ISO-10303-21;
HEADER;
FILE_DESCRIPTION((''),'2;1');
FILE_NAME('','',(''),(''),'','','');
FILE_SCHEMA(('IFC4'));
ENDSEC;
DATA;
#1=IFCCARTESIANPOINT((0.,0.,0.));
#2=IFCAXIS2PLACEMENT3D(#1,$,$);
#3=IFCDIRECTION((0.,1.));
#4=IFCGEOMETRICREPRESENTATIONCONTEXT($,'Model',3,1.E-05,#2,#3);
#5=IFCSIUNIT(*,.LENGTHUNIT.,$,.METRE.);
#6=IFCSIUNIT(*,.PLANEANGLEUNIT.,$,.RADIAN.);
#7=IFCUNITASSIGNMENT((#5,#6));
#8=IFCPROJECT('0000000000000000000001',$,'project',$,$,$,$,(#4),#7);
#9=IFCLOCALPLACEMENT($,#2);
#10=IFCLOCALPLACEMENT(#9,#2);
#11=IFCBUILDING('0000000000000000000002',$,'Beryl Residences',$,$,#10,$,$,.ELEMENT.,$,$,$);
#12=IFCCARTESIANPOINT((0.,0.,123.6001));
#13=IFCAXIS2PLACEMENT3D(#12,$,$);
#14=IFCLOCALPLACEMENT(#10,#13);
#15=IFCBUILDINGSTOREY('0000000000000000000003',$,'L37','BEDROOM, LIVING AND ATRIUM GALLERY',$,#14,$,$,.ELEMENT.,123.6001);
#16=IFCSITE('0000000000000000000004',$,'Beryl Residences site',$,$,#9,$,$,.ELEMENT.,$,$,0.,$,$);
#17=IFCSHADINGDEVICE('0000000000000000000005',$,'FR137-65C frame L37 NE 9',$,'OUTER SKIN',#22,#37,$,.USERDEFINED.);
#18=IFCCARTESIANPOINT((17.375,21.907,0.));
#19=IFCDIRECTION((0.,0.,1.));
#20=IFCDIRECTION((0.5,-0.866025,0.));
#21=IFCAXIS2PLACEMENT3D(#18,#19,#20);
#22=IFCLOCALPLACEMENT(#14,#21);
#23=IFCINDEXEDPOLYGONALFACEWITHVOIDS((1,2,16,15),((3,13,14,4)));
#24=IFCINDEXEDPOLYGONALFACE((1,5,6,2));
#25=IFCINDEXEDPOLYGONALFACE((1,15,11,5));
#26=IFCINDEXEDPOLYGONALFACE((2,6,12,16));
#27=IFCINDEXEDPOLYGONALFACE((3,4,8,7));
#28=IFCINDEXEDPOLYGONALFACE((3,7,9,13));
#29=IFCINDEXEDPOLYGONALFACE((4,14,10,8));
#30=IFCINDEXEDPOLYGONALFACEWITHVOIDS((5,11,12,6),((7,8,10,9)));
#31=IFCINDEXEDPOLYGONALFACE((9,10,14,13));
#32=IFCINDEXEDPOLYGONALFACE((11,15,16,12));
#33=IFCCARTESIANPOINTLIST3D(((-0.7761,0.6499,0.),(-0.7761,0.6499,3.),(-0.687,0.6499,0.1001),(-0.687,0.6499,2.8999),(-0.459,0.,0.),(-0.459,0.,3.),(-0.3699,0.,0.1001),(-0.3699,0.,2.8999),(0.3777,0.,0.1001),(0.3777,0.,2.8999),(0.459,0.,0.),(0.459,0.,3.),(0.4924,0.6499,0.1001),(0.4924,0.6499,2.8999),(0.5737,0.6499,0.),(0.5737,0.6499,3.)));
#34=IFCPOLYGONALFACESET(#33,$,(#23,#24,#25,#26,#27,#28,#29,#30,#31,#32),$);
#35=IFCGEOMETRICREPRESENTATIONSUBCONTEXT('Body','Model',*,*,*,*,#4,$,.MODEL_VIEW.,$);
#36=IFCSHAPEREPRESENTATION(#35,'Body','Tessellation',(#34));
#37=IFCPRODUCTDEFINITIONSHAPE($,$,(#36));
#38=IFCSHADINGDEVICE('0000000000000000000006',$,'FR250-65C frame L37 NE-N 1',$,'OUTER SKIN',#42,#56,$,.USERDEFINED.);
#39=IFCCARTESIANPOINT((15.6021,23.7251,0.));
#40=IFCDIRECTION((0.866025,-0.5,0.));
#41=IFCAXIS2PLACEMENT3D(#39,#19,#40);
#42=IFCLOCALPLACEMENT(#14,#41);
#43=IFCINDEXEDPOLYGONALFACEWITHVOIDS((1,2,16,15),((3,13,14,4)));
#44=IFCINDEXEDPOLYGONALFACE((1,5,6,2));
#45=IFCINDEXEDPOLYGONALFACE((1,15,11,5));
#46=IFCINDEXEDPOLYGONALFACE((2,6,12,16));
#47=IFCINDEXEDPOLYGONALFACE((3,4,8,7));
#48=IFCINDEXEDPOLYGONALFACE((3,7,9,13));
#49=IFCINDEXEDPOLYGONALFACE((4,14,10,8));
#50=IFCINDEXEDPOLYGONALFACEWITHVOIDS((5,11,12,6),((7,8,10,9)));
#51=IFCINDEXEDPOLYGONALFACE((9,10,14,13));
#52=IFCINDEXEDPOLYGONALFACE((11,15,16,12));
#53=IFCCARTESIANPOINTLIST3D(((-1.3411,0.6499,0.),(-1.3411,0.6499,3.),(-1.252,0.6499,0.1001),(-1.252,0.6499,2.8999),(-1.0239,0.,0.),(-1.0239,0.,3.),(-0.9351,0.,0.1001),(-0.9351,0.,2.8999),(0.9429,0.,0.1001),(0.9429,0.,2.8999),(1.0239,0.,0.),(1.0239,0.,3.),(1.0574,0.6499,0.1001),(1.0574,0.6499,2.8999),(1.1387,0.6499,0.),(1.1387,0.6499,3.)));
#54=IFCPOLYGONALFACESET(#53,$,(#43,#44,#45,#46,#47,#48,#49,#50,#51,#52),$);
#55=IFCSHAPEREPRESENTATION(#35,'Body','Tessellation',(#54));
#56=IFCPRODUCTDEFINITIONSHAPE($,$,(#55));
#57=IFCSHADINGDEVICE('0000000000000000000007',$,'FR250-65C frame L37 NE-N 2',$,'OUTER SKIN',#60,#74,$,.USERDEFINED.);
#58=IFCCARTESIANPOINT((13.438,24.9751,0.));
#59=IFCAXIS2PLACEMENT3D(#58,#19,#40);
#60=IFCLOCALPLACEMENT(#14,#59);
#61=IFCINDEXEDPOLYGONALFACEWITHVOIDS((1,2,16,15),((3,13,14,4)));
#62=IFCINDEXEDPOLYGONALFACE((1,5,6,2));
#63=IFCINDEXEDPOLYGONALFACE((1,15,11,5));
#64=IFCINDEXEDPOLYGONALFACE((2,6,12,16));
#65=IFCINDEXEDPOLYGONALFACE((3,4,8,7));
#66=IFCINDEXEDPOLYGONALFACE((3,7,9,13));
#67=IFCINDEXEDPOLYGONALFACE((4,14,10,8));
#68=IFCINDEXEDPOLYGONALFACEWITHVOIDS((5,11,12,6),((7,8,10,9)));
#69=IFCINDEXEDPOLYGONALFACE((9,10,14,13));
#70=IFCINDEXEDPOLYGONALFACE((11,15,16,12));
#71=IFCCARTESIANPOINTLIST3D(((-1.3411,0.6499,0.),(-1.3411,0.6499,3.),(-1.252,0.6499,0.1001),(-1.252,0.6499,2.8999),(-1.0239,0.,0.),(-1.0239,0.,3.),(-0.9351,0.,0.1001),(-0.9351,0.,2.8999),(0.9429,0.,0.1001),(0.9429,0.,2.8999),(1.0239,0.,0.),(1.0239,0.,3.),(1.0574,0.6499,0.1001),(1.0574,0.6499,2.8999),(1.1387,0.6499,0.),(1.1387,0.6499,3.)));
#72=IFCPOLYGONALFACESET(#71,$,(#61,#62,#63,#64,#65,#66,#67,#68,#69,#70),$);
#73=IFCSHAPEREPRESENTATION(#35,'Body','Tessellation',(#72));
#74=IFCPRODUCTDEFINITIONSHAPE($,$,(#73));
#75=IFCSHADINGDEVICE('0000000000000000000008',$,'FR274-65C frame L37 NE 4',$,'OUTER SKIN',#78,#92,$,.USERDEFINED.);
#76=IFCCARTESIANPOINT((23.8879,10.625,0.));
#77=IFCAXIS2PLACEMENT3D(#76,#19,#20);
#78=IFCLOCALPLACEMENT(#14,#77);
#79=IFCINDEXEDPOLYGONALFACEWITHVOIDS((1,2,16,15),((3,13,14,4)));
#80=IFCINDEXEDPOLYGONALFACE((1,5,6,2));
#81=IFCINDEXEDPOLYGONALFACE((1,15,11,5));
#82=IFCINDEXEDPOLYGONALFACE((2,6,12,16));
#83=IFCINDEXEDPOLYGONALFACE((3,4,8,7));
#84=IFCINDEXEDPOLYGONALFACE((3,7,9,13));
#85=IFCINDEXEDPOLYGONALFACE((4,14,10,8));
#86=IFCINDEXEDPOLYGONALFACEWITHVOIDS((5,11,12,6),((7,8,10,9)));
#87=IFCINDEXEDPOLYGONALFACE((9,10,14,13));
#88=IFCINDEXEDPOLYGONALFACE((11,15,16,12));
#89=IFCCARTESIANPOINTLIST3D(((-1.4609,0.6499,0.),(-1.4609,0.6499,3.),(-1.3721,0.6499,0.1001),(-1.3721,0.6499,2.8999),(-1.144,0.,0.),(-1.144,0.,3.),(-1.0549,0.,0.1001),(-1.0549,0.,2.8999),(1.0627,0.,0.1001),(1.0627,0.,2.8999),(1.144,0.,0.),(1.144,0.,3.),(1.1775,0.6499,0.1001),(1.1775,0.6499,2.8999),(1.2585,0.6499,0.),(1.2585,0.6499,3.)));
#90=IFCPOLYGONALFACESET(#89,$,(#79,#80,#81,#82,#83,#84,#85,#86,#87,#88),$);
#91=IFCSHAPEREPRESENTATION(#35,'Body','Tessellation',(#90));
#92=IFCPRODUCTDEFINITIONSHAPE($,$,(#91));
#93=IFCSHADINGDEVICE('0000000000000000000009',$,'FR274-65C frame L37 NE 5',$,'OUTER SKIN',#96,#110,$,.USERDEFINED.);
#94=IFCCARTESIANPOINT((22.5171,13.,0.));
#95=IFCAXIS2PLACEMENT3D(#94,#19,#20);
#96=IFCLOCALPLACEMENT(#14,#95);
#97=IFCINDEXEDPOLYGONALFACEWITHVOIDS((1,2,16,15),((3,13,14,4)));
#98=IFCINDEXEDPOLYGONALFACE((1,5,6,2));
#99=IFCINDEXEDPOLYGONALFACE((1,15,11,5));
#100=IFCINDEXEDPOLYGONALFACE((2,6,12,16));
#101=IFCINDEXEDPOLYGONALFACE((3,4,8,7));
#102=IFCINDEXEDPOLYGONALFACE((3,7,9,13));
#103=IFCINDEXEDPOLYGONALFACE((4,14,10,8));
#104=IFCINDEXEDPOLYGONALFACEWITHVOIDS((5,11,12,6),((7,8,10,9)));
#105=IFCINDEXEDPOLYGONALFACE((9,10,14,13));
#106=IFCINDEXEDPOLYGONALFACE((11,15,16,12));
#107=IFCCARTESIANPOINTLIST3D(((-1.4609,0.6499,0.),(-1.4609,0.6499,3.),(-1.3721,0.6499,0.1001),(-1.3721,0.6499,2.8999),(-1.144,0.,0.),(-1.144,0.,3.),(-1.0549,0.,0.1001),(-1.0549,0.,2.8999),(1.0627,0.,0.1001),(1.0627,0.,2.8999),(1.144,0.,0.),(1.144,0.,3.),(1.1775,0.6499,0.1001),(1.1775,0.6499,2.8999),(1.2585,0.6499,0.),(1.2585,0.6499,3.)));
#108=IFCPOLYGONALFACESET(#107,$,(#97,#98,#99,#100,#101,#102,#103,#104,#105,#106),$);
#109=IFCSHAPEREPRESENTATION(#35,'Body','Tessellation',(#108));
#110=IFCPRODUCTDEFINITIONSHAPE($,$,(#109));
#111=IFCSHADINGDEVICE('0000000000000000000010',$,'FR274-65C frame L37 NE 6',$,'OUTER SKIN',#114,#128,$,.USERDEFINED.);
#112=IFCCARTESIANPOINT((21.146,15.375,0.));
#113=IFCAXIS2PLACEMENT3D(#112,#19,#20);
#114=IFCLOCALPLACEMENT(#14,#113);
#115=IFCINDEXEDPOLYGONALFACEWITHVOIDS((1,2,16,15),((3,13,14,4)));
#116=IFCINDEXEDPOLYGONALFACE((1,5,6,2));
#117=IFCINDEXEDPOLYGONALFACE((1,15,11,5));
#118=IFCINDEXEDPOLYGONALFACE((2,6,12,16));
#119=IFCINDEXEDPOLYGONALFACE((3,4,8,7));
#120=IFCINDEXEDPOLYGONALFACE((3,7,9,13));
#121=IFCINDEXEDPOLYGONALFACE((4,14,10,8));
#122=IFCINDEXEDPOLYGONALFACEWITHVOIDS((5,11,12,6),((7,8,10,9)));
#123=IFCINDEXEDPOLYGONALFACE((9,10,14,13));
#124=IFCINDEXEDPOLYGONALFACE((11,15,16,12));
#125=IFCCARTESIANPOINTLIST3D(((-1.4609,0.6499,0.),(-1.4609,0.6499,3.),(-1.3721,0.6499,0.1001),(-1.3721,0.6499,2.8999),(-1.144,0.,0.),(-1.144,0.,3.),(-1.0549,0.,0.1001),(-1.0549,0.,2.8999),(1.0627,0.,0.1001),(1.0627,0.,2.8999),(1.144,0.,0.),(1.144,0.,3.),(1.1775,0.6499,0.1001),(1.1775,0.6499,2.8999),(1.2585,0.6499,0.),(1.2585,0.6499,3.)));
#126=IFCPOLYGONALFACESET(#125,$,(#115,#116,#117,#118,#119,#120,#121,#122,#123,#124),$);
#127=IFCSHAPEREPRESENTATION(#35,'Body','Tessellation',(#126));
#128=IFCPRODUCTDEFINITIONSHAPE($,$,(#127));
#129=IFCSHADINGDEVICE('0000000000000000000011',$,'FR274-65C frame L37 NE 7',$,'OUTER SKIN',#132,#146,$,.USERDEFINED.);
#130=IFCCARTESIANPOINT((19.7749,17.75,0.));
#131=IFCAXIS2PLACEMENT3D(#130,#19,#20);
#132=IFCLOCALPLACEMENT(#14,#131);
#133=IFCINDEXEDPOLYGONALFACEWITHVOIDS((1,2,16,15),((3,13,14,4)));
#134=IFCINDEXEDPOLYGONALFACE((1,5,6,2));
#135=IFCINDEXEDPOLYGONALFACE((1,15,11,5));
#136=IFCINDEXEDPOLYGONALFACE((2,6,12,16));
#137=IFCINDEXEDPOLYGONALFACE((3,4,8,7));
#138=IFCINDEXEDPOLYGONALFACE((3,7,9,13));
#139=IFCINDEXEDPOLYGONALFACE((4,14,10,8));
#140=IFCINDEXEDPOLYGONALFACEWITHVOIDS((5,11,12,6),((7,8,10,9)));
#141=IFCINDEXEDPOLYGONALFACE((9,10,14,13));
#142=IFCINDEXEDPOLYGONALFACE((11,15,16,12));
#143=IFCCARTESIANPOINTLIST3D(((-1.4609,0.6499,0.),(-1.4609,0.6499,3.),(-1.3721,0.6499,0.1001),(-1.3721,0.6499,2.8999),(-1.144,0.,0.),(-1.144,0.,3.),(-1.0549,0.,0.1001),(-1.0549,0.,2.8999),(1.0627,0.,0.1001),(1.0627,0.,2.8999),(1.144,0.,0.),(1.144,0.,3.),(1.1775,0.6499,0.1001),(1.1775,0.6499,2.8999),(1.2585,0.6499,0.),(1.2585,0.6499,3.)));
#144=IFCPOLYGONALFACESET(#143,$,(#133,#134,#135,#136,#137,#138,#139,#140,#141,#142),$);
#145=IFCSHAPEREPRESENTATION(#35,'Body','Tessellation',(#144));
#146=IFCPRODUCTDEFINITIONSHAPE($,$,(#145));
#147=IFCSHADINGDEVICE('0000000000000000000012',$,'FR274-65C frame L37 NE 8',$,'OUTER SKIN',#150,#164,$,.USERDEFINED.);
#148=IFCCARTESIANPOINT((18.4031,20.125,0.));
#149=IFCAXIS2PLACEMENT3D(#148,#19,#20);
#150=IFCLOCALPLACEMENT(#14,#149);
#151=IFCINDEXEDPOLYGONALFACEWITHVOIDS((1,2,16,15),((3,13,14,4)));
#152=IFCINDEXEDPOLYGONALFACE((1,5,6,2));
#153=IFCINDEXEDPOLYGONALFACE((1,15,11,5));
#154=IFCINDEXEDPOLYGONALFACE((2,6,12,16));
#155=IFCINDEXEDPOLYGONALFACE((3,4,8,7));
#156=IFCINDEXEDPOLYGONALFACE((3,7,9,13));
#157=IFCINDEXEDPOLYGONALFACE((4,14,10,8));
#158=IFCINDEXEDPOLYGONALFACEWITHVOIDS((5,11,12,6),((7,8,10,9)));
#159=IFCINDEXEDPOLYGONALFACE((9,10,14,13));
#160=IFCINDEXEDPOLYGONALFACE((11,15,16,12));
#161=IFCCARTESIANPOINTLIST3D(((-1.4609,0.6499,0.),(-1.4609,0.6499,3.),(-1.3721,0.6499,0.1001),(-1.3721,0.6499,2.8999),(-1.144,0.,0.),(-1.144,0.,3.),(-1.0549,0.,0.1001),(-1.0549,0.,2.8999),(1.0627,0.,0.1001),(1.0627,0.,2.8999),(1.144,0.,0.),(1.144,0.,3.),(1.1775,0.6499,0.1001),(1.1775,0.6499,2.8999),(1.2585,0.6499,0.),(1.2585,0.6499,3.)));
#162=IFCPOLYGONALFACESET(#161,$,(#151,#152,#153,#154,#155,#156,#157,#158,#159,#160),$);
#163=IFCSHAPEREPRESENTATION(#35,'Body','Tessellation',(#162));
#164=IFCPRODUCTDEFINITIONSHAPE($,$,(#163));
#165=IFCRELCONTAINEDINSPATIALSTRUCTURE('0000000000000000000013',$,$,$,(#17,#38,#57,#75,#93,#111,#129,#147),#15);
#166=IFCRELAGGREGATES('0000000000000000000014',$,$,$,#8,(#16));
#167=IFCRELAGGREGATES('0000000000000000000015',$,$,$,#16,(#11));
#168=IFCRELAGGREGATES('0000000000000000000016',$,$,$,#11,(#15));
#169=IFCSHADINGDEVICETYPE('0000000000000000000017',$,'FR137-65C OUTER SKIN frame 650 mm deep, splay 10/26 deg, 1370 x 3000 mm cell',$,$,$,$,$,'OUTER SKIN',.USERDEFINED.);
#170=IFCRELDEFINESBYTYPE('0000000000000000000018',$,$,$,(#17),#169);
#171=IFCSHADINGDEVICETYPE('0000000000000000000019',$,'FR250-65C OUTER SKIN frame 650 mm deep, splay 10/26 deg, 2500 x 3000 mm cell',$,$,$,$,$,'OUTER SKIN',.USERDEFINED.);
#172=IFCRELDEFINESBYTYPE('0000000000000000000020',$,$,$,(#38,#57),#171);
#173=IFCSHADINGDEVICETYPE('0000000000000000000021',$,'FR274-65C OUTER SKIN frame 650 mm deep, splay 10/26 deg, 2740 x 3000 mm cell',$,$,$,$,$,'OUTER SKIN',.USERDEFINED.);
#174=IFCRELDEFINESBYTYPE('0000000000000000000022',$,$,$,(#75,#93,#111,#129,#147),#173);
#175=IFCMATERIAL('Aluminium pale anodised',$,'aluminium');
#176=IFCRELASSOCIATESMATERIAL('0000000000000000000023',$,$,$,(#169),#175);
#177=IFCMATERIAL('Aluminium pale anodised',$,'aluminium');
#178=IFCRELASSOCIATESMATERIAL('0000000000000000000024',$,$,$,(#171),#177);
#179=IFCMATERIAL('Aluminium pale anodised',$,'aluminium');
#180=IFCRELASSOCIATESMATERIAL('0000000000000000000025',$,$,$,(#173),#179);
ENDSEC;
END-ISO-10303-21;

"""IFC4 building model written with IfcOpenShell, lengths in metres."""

from ifc_helpers import new_model, entity, si_unit, direction, frame, origin, place, context, subcontext, project, spatial, source, transform, mapped, material, type_object, type_shapes, element, save


model = new_model("IFC4")

# Units and contexts
model_context = context("Model", 3, precision=1e-05, world=origin(), true_north=direction((0.0, 1.0)))
body_context = subcontext(model_context, "Body", "Model", "MODEL_VIEW")
ifc_project = project(units=[si_unit("LENGTHUNIT", "METRE"), si_unit("PLANEANGLEUNIT", "RADIAN")], contexts=[model_context])

# Site, building, storey
site_placement = place(None, origin())
site = spatial("IfcSite", under=ifc_project, at=site_placement, Name="Beryl Residences site", CompositionType="ELEMENT", RefElevation=0.0)
building_placement = place(site_placement, origin())
building = spatial("IfcBuilding", under=site, at=building_placement, Name="Beryl Residences", CompositionType="ELEMENT")
storey_placement = place(building_placement, frame((0.0, 0.0, 123.6001)))
storey = spatial("IfcBuildingStorey", under=building, at=storey_placement, Name="L37", Description="BEDROOM, LIVING AND ATRIUM GALLERY", CompositionType="ELEMENT", Elevation=123.6001)

# Shading devices
ifc_material_1 = material(Name="Aluminium pale anodised", Category="aluminium")
shading_device_type_1 = type_object("IfcShadingDeviceType", Name="FR137-65C OUTER SKIN frame 650 mm deep, splay 10/26 deg, 1370 x 3000 mm cell", ElementType="OUTER SKIN", PredefinedType="USERDEFINED", material=ifc_material_1)
cartesian_point_1 = entity("IfcCartesianPoint", [-0.459, 0.0])
cartesian_point_2 = entity("IfcCartesianPoint", [-0.3777, 0.1001])
cartesian_point_3 = entity("IfcCartesianPoint", [-0.5737, 0.0])
cartesian_point_4 = entity("IfcCartesianPoint", [-0.4924, 0.1001])
shared_shape_1 = source(origin(), body_context, "Body", "SweptSolid", [
    entity("IfcExtrudedAreaSolidTapered", entity("IfcArbitraryProfileDefWithVoids", "AREA", None, entity("IfcPolyline", [cartesian_point_1, entity("IfcCartesianPoint", [0.459, 0.0]), entity("IfcCartesianPoint", [0.459, 3.0]), entity("IfcCartesianPoint", [-0.459, 3.0]), cartesian_point_1]), [entity("IfcPolyline", [cartesian_point_2, entity("IfcCartesianPoint", [0.3699, 0.1001]), entity("IfcCartesianPoint", [0.3699, 2.8999]), entity("IfcCartesianPoint", [-0.3777, 2.8999]), cartesian_point_2])]), entity("IfcAxis2Placement3D", entity("IfcCartesianPoint", [0.0, 0.0, 0.0]), entity("IfcDirection", [0.0, 1.0, 0.0]), entity("IfcDirection", [-1.0, 0.0, 0.0])), entity("IfcDirection", [0.0, 0.0, 1.0]), 0.6499, entity("IfcArbitraryProfileDefWithVoids", "AREA", None, entity("IfcPolyline", [cartesian_point_3, entity("IfcCartesianPoint", [0.7761, 0.0]), entity("IfcCartesianPoint", [0.7761, 3.0]), entity("IfcCartesianPoint", [-0.5737, 3.0]), cartesian_point_3]), [entity("IfcPolyline", [cartesian_point_4, entity("IfcCartesianPoint", [0.687, 0.1001]), entity("IfcCartesianPoint", [0.687, 2.8999]), entity("IfcCartesianPoint", [-0.4924, 2.8999]), cartesian_point_4])])),
])
type_shapes(shading_device_type_1, [shared_shape_1])
shading_device_placement = place(storey_placement, frame((17.375, 21.907, 0.0), z_axis=(0.0, 0.0, 1.0), x_axis=(0.5, -0.866025, 0.0)))
element("IfcShadingDevice", 1, at=shading_device_placement, inside=storey, type_object=shading_device_type_1, Name="FR137-65C frame L37 NE 9", ObjectType="OUTER SKIN", PredefinedType="USERDEFINED", context=body_context, shape_type="MappedRepresentation", body=[
    mapped(shared_shape_1, transform((0.0, 0.0, 0.0))),
])
ifc_material_2 = material(Name="Aluminium pale anodised", Category="aluminium")
shading_device_type_2 = type_object("IfcShadingDeviceType", Name="FR250-65C OUTER SKIN frame 650 mm deep, splay 10/26 deg, 2500 x 3000 mm cell", ElementType="OUTER SKIN", PredefinedType="USERDEFINED", material=ifc_material_2)
cartesian_point_5 = entity("IfcCartesianPoint", [-1.0239, 0.0])
cartesian_point_6 = entity("IfcCartesianPoint", [-0.9429, 0.1001])
cartesian_point_7 = entity("IfcCartesianPoint", [-1.1387, 0.0])
cartesian_point_8 = entity("IfcCartesianPoint", [-1.0574, 0.1001])
shared_shape_2 = source(origin(), body_context, "Body", "SweptSolid", [
    entity("IfcExtrudedAreaSolidTapered", entity("IfcArbitraryProfileDefWithVoids", "AREA", None, entity("IfcPolyline", [cartesian_point_5, entity("IfcCartesianPoint", [1.0239, 0.0]), entity("IfcCartesianPoint", [1.0239, 3.0]), entity("IfcCartesianPoint", [-1.0239, 3.0]), cartesian_point_5]), [entity("IfcPolyline", [cartesian_point_6, entity("IfcCartesianPoint", [0.9351, 0.1001]), entity("IfcCartesianPoint", [0.9351, 2.8999]), entity("IfcCartesianPoint", [-0.9429, 2.8999]), cartesian_point_6])]), entity("IfcAxis2Placement3D", entity("IfcCartesianPoint", [0.0, 0.0, 0.0]), entity("IfcDirection", [0.0, 1.0, 0.0]), entity("IfcDirection", [-1.0, 0.0, 0.0])), entity("IfcDirection", [0.0, 0.0, 1.0]), 0.6499, entity("IfcArbitraryProfileDefWithVoids", "AREA", None, entity("IfcPolyline", [cartesian_point_7, entity("IfcCartesianPoint", [1.3411, 0.0]), entity("IfcCartesianPoint", [1.3411, 3.0]), entity("IfcCartesianPoint", [-1.1387, 3.0]), cartesian_point_7]), [entity("IfcPolyline", [cartesian_point_8, entity("IfcCartesianPoint", [1.252, 0.1001]), entity("IfcCartesianPoint", [1.252, 2.8999]), entity("IfcCartesianPoint", [-1.0574, 2.8999]), cartesian_point_8])])),
])
type_shapes(shading_device_type_2, [shared_shape_2])
for number, where, z_axis, x_axis, name in (
    (2, (15.6021, 23.7251, 0.0), (0.0, 0.0, 1.0), (0.866025, -0.5, 0.0), "FR250-65C frame L37 NE-N 1"),
    (3, (13.438, 24.9751, 0.0), (0.0, 0.0, 1.0), (0.866025, -0.5, 0.0), "FR250-65C frame L37 NE-N 2"),
):
    element("IfcShadingDevice", number, at=place(storey_placement, frame(where, z_axis=z_axis, x_axis=x_axis)), inside=storey, type_object=shading_device_type_2, Name=name, ObjectType="OUTER SKIN", PredefinedType="USERDEFINED", context=body_context, shape_type="MappedRepresentation", body=[
        mapped(shared_shape_2, transform((0.0, 0.0, 0.0))),
    ])
ifc_material_3 = material(Name="Aluminium pale anodised", Category="aluminium")
shading_device_type_3 = type_object("IfcShadingDeviceType", Name="FR274-65C OUTER SKIN frame 650 mm deep, splay 10/26 deg, 2740 x 3000 mm cell", ElementType="OUTER SKIN", PredefinedType="USERDEFINED", material=ifc_material_3)
cartesian_point_9 = entity("IfcCartesianPoint", [-1.144, 0.0])
cartesian_point_10 = entity("IfcCartesianPoint", [-1.0627, 0.1001])
cartesian_point_11 = entity("IfcCartesianPoint", [-1.2585, 0.0])
cartesian_point_12 = entity("IfcCartesianPoint", [-1.1775, 0.1001])
shared_shape_3 = source(origin(), body_context, "Body", "SweptSolid", [
    entity("IfcExtrudedAreaSolidTapered", entity("IfcArbitraryProfileDefWithVoids", "AREA", None, entity("IfcPolyline", [cartesian_point_9, entity("IfcCartesianPoint", [1.144, 0.0]), entity("IfcCartesianPoint", [1.144, 3.0]), entity("IfcCartesianPoint", [-1.144, 3.0]), cartesian_point_9]), [entity("IfcPolyline", [cartesian_point_10, entity("IfcCartesianPoint", [1.0549, 0.1001]), entity("IfcCartesianPoint", [1.0549, 2.8999]), entity("IfcCartesianPoint", [-1.0627, 2.8999]), cartesian_point_10])]), entity("IfcAxis2Placement3D", entity("IfcCartesianPoint", [0.0, 0.0, 0.0]), entity("IfcDirection", [0.0, 1.0, 0.0]), entity("IfcDirection", [-1.0, 0.0, 0.0])), entity("IfcDirection", [0.0, 0.0, 1.0]), 0.6499, entity("IfcArbitraryProfileDefWithVoids", "AREA", None, entity("IfcPolyline", [cartesian_point_11, entity("IfcCartesianPoint", [1.4609, 0.0]), entity("IfcCartesianPoint", [1.4609, 3.0]), entity("IfcCartesianPoint", [-1.2585, 3.0]), cartesian_point_11]), [entity("IfcPolyline", [cartesian_point_12, entity("IfcCartesianPoint", [1.3721, 0.1001]), entity("IfcCartesianPoint", [1.3721, 2.8999]), entity("IfcCartesianPoint", [-1.1775, 2.8999]), cartesian_point_12])])),
])
type_shapes(shading_device_type_3, [shared_shape_3])
for number, where, z_axis, x_axis, name in (
    (4, (23.8879, 10.625, 0.0), (0.0, 0.0, 1.0), (0.5, -0.866025, 0.0), "FR274-65C frame L37 NE 4"),
    (5, (22.5171, 13.0, 0.0), (0.0, 0.0, 1.0), (0.5, -0.866025, 0.0), "FR274-65C frame L37 NE 5"),
    (6, (21.146, 15.375, 0.0), (0.0, 0.0, 1.0), (0.5, -0.866025, 0.0), "FR274-65C frame L37 NE 6"),
    (7, (19.7749, 17.75, 0.0), (0.0, 0.0, 1.0), (0.5, -0.866025, 0.0), "FR274-65C frame L37 NE 7"),
    (8, (18.4031, 20.125, 0.0), (0.0, 0.0, 1.0), (0.5, -0.866025, 0.0), "FR274-65C frame L37 NE 8"),
):
    element("IfcShadingDevice", number, at=place(storey_placement, frame(where, z_axis=z_axis, x_axis=x_axis)), inside=storey, type_object=shading_device_type_3, Name=name, ObjectType="OUTER SKIN", PredefinedType="USERDEFINED", context=body_context, shape_type="MappedRepresentation", body=[
        mapped(shared_shape_3, transform((0.0, 0.0, 0.0))),
    ])

save(model, "model.ifc")
